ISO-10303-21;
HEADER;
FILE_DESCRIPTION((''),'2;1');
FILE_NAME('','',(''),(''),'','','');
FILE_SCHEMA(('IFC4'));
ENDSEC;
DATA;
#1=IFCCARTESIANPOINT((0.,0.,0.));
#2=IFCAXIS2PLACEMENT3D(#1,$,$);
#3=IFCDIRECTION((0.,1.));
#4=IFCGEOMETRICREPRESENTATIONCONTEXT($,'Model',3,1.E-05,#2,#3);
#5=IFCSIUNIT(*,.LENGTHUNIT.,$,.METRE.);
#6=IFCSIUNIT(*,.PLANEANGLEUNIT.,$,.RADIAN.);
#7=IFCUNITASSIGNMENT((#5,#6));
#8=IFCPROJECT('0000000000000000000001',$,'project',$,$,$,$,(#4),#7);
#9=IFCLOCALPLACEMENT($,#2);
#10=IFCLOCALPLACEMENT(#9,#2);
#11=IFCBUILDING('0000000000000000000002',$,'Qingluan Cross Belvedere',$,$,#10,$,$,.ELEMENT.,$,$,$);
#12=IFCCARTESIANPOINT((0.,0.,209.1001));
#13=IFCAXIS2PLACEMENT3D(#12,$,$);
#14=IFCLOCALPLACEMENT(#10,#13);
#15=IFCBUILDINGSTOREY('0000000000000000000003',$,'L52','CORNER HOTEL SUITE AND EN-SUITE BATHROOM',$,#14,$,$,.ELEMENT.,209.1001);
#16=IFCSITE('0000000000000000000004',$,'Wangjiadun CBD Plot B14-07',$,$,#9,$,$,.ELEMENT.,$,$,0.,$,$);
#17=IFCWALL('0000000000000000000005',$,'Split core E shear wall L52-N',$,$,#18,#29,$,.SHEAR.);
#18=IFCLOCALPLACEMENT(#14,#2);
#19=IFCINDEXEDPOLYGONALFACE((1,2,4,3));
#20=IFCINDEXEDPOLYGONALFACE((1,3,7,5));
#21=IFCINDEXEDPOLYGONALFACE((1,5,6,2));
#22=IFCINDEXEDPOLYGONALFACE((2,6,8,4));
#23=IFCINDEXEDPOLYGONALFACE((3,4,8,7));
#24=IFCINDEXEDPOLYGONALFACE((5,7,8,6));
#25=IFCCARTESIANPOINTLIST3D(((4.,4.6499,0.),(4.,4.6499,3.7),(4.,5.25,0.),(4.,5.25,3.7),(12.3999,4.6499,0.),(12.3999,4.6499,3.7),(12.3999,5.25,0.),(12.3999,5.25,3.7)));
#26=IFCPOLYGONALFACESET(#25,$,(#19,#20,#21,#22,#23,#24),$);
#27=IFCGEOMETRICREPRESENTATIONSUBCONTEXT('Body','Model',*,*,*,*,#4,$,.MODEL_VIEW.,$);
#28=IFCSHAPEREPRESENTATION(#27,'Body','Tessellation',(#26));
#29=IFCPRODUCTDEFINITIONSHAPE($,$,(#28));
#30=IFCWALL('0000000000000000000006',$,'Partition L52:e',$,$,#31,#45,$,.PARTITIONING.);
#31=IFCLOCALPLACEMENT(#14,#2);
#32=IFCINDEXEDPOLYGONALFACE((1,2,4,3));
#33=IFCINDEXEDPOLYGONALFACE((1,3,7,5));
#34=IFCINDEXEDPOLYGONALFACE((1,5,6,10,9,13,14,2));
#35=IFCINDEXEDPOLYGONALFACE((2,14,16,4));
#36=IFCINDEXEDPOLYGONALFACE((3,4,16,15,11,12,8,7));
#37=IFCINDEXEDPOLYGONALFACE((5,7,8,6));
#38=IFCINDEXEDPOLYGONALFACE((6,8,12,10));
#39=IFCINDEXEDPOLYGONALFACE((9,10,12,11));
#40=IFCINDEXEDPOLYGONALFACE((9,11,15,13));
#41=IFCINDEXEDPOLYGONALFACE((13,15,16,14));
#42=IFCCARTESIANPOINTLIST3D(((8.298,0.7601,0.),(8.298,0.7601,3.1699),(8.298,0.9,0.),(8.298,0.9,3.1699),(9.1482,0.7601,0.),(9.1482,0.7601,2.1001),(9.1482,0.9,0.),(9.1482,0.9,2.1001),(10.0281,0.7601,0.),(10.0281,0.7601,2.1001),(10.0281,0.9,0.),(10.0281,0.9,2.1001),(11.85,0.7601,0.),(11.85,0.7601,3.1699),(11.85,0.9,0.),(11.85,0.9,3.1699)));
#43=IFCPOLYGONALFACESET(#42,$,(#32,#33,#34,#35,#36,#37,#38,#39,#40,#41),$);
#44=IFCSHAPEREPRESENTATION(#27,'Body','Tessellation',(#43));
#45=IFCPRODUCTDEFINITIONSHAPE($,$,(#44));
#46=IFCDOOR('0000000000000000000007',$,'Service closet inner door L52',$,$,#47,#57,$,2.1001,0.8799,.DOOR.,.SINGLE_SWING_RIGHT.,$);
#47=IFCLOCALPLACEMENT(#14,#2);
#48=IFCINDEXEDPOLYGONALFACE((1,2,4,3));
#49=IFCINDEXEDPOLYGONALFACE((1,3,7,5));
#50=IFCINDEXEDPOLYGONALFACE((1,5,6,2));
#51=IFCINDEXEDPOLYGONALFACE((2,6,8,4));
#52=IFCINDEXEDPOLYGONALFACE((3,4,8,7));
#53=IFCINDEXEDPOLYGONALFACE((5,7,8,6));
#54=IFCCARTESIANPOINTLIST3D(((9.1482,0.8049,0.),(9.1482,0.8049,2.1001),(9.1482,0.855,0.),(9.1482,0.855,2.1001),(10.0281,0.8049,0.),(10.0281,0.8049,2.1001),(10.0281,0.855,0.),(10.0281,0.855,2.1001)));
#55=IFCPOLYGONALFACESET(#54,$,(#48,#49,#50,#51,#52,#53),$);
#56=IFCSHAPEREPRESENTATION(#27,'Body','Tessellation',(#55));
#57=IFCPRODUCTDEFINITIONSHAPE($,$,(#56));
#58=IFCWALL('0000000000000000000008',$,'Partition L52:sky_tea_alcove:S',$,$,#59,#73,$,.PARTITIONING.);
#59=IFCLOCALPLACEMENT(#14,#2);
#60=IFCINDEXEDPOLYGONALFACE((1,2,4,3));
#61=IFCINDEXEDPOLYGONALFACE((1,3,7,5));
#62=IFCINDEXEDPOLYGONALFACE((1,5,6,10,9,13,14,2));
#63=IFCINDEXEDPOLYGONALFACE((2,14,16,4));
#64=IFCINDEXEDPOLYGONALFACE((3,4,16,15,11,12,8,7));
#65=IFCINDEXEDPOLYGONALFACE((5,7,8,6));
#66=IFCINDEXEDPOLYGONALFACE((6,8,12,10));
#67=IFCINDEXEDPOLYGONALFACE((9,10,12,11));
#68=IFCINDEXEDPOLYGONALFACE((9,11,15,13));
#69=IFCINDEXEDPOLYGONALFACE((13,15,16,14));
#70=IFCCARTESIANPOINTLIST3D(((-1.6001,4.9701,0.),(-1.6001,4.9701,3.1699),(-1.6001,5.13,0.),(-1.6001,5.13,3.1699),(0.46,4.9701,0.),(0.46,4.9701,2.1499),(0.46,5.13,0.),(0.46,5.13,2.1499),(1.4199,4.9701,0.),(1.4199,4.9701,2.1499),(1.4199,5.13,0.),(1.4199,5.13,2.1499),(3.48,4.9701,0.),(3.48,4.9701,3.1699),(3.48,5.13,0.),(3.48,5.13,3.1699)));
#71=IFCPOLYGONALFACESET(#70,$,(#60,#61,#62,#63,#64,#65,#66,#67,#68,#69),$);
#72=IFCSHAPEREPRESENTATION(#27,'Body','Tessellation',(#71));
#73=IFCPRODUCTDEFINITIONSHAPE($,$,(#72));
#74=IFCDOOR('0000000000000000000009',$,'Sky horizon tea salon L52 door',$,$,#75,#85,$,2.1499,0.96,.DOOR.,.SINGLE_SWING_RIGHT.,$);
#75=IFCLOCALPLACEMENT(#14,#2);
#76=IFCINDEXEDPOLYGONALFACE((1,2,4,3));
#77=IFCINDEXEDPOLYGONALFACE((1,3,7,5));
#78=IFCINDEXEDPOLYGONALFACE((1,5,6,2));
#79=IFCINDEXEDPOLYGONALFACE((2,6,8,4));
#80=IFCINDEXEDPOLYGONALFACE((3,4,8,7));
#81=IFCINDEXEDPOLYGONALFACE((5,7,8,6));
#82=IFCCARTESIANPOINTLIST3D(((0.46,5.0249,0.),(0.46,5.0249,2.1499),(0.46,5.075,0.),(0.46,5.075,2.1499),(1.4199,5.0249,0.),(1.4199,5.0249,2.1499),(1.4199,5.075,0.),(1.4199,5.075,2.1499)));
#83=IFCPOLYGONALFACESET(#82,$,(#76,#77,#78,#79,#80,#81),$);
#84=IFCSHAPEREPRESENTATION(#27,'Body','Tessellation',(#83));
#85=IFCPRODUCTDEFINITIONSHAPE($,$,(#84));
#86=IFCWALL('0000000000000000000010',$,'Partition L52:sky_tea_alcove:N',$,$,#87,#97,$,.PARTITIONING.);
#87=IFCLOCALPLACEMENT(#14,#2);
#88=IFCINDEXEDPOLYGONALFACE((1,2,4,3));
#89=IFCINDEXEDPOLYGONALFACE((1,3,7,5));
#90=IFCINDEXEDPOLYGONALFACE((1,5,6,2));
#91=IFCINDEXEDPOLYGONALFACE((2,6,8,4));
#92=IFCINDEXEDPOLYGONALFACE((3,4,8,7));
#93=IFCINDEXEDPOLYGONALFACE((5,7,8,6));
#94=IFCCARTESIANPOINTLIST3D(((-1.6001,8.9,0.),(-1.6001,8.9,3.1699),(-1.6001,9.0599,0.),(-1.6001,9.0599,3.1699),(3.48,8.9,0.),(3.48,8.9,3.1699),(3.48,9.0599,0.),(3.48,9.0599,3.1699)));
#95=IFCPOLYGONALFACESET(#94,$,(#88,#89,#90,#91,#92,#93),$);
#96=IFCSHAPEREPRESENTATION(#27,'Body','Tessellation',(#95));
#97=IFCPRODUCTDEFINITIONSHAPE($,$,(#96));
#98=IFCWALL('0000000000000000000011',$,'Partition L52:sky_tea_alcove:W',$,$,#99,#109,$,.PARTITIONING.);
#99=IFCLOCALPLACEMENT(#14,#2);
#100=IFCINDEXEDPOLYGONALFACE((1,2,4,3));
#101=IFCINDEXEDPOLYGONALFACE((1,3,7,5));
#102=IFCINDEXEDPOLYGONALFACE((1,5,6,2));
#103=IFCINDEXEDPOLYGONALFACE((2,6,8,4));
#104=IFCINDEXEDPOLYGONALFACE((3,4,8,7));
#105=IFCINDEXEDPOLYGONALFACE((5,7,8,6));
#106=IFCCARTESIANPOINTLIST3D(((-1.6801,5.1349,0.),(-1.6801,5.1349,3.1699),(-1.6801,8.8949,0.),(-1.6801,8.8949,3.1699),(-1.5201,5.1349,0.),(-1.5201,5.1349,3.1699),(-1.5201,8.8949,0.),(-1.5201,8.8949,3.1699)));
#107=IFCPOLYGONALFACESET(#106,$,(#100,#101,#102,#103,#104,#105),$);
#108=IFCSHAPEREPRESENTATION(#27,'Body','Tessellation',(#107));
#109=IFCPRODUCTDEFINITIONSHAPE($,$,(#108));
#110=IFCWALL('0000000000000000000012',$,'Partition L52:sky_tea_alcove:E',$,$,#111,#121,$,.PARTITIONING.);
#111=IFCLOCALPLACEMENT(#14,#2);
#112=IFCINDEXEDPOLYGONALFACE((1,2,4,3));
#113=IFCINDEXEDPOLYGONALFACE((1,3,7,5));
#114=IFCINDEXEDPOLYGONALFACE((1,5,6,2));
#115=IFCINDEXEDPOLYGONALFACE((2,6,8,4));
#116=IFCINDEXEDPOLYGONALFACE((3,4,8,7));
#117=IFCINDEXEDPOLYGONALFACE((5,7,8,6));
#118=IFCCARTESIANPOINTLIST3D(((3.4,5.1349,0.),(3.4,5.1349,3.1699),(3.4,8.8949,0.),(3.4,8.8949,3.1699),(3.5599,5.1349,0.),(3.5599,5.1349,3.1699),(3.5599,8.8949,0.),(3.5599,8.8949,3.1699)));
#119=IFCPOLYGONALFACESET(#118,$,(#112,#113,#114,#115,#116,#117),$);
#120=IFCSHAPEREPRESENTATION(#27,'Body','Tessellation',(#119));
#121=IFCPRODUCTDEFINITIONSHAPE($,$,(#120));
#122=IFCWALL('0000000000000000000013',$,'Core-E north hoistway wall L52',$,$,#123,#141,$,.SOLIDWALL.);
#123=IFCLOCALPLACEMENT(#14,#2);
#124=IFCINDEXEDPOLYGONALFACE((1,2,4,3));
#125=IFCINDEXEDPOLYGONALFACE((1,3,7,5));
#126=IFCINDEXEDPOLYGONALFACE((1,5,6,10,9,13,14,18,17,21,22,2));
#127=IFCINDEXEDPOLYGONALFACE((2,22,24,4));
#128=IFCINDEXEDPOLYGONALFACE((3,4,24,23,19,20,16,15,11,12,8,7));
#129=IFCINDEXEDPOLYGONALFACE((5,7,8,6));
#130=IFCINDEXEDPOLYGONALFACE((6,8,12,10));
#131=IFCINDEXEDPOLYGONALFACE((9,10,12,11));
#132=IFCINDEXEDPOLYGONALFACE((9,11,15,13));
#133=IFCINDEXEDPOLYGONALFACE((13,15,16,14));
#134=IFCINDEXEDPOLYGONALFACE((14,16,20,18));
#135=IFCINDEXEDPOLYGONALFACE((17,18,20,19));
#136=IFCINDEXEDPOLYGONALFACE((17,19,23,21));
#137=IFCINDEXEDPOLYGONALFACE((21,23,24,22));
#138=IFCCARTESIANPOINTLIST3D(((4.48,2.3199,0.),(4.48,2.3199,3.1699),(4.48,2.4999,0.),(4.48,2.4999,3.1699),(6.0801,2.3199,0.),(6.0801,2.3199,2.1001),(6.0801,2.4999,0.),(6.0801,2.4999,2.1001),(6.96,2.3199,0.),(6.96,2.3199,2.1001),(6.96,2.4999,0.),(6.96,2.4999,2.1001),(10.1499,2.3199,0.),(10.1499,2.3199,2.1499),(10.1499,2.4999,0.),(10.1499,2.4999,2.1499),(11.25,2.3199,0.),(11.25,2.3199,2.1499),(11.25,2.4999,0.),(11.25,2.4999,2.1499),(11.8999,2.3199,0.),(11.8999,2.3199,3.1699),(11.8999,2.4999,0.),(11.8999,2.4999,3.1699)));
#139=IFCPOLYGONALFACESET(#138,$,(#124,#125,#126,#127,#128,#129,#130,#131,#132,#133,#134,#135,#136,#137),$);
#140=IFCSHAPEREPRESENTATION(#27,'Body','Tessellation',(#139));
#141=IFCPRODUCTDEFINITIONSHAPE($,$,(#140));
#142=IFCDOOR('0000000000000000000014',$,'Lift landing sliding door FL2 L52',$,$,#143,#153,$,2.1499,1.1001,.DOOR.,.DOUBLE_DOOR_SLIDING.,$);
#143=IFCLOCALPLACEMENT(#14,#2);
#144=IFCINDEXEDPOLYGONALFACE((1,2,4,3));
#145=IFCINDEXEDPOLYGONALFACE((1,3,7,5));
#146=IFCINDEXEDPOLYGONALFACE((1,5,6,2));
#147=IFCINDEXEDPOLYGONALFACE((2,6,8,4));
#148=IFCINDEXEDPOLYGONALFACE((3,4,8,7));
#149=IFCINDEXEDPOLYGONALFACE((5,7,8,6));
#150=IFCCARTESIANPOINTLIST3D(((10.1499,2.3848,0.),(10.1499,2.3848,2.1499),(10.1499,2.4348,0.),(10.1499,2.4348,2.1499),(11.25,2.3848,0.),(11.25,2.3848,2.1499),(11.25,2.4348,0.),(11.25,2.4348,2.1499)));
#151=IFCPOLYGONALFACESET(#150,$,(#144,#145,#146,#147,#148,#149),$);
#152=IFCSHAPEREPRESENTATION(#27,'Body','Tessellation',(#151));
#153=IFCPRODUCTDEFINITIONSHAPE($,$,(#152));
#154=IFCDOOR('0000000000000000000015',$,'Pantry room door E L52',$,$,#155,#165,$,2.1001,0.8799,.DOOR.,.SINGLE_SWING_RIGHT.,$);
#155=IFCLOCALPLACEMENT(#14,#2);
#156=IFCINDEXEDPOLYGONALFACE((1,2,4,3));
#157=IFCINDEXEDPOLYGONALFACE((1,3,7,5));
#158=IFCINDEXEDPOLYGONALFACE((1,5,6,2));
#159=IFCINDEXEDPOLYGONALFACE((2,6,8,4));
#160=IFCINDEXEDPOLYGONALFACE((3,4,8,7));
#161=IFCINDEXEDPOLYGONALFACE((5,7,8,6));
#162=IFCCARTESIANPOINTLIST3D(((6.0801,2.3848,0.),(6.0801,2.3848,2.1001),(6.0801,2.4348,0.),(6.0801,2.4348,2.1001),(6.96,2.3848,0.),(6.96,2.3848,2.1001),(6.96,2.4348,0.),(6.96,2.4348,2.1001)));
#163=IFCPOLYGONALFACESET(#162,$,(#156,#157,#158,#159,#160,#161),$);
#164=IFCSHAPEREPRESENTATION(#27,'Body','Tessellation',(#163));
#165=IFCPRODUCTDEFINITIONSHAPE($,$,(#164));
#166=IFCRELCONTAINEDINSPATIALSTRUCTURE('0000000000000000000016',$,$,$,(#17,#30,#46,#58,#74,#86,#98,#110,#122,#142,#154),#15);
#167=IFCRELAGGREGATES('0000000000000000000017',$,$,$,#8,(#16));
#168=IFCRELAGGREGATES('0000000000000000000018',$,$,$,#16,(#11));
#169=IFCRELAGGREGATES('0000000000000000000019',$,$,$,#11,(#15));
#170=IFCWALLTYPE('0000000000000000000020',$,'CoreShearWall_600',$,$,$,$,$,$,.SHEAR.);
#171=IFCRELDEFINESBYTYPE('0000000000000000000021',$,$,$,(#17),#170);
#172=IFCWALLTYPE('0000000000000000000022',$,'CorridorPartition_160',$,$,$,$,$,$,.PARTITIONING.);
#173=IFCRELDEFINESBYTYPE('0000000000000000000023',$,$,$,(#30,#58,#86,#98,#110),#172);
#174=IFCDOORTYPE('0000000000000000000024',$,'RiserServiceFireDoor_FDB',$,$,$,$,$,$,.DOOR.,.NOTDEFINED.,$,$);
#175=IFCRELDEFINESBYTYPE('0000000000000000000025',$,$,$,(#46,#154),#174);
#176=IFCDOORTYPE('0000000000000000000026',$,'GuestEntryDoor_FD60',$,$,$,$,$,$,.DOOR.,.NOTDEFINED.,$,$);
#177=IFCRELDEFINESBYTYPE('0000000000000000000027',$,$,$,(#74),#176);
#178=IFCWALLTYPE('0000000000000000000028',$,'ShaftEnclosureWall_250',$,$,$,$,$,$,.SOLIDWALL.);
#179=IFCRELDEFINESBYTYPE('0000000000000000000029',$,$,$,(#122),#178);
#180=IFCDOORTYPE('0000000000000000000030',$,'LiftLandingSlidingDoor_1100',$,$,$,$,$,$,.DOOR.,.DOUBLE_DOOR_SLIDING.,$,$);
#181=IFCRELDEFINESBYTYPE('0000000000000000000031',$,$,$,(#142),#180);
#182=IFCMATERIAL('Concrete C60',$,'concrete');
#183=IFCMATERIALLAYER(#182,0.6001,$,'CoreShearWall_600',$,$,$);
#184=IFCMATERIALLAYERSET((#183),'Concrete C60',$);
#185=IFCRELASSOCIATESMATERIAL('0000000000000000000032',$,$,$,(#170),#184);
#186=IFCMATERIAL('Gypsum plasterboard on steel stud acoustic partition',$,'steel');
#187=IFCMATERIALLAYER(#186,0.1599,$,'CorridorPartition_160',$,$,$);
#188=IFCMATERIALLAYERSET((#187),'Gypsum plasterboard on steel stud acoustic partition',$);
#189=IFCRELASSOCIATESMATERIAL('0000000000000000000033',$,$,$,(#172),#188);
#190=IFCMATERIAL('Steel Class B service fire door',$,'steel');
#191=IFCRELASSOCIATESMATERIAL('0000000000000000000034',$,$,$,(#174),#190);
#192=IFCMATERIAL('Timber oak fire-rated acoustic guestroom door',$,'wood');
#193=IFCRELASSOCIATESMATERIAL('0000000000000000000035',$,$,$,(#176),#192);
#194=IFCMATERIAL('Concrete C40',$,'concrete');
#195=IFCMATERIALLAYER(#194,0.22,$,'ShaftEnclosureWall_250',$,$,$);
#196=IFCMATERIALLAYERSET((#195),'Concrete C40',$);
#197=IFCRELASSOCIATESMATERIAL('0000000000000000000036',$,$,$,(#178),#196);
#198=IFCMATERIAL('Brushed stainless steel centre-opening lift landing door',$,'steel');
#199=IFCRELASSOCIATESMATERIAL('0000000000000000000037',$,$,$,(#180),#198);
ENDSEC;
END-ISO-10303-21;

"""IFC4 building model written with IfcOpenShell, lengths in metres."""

from ifc_helpers import new_model, si_unit, direction, frame, frame_2d, origin, place, context, subcontext, project, spatial, rectangle, extrude, material, layer, layer_set, type_object, element, fill, save


model = new_model("IFC4")

# Units and contexts
model_context = context("Model", 3, precision=1e-05, world=origin(), true_north=direction((0.0, 1.0)))
body_context = subcontext(model_context, "Body", "Model", "MODEL_VIEW")
ifc_project = project(units=[si_unit("LENGTHUNIT", "METRE"), si_unit("PLANEANGLEUNIT", "RADIAN")], contexts=[model_context])

# Site, building, storey
site_placement = place(None, origin())
site = spatial("IfcSite", under=ifc_project, at=site_placement, Name="Wangjiadun CBD Plot B14-07", CompositionType="ELEMENT", RefElevation=0.0)
building_placement = place(site_placement, origin())
building = spatial("IfcBuilding", under=site, at=building_placement, Name="Qingluan Cross Belvedere", CompositionType="ELEMENT")
storey_placement = place(building_placement, frame((0.0, 0.0, 209.1001)))
storey = spatial("IfcBuildingStorey", under=building, at=storey_placement, Name="L52", Description="CORNER HOTEL SUITE AND EN-SUITE BATHROOM", CompositionType="ELEMENT", Elevation=209.1001)

# Wall
ifc_material_1 = material(Name="Concrete C60", Category="concrete")
ifc_layer_1 = layer(ifc_material_1, 0.6001, Name="CoreShearWall_600")
ifc_layer_set_1 = layer_set([ifc_layer_1], Name="Concrete C60")
wall_type_1 = type_object("IfcWallType", Name="CoreShearWall_600", PredefinedType="SHEAR", material=ifc_layer_set_1)
wall_1_placement = place(storey_placement, frame((4.0, 4.95, 0.0), z_axis=(0.0, 0.0, 1.0), x_axis=(1.0, 0.0, 0.0)))
element("IfcWall", 1, at=wall_1_placement, inside=storey, type_object=wall_type_1, Name="Split core E shear wall L52-N", PredefinedType="SHEAR", context=body_context, shape_type="SweptSolid", body=[
    extrude(rectangle(XDim=8.3999, YDim=0.6001, at=frame_2d((4.2, 0.0))), origin(), (0.0, 0.0, 1.0), 3.7),
])

# Walls, openings, doors
ifc_material_2 = material(Name="Gypsum plasterboard on steel stud acoustic partition", Category="steel")
ifc_layer_2 = layer(ifc_material_2, 0.1599, Name="CorridorPartition_160")
ifc_layer_set_2 = layer_set([ifc_layer_2], Name="Gypsum plasterboard on steel stud acoustic partition")
wall_type_2 = type_object("IfcWallType", Name="CorridorPartition_160", PredefinedType="PARTITIONING", material=ifc_layer_set_2)
wall_2_placement = place(storey_placement, frame((8.2981, 0.8301, 0.0), z_axis=(0.0, 0.0, 1.0), x_axis=(1.0, 0.0, 0.0)))
wall_2 = element("IfcWall", 2, at=wall_2_placement, inside=storey, type_object=wall_type_2, Name="Partition L52:e", PredefinedType="PARTITIONING", context=body_context, shape_type="SweptSolid", body=[
    extrude(rectangle(XDim=3.552, YDim=0.1399, at=frame_2d((1.7759, 0.0))), origin(), (0.0, 0.0, 1.0), 3.1699),
])
opening_1_placement = place(wall_2_placement, frame((0.8501, 0.0, 0.0)))
opening_1 = element("IfcOpeningElement", 3, at=opening_1_placement, cuts=wall_2, PredefinedType="OPENING", context=body_context, shape_type="SweptSolid", body=[
    extrude(rectangle(XDim=0.8799, YDim=2.1001, at=frame_2d((0.4399, 1.05))), frame((0.0, 0.0798, 0.0), z_axis=(0.0, -1.0, 0.0), x_axis=(1.0, 0.0, 0.0)), (0.0, 0.0, 1.0), 0.1599),
])
ifc_material_3 = material(Name="Steel Class B service fire door", Category="steel")
door_type_1 = type_object("IfcDoorType", Name="RiserServiceFireDoor_FDB", OperationType="NOTDEFINED", PredefinedType="DOOR", material=ifc_material_3)
door_1_placement = place(opening_1_placement, origin())
door_1 = element("IfcDoor", 4, at=door_1_placement, inside=storey, type_object=door_type_1, Name="Service closet inner door L52", OperationType="SINGLE_SWING_RIGHT", OverallHeight=2.1001, OverallWidth=0.8799, PredefinedType="DOOR", context=body_context, shape_type="SweptSolid", body=[
    extrude(rectangle(XDim=0.8799, YDim=2.1001, at=frame_2d((0.4399, 1.05))), frame((0.0, 0.0249, 0.0), z_axis=(0.0, -1.0, 0.0), x_axis=(1.0, 0.0, 0.0)), (0.0, 0.0, 1.0), 0.05),
])
fill(opening_1, door_1)
wall_3_placement = place(storey_placement, frame((-1.6001, 5.05, 0.0), z_axis=(0.0, 0.0, 1.0), x_axis=(1.0, 0.0, 0.0)))
wall_3 = element("IfcWall", 5, at=wall_3_placement, inside=storey, type_object=wall_type_2, Name="Partition L52:sky_tea_alcove:S", PredefinedType="PARTITIONING", context=body_context, shape_type="SweptSolid", body=[
    extrude(rectangle(XDim=5.0801, YDim=0.1599, at=frame_2d((2.54, 0.0))), origin(), (0.0, 0.0, 1.0), 3.1699),
])
opening_2_placement = place(wall_3_placement, frame((2.0601, 0.0, 0.0)))
opening_2 = element("IfcOpeningElement", 6, at=opening_2_placement, cuts=wall_3, PredefinedType="OPENING", context=body_context, shape_type="SweptSolid", body=[
    extrude(rectangle(XDim=0.96, YDim=2.1499, at=frame_2d((0.48, 1.075))), frame((0.0, 0.0898, 0.0), z_axis=(0.0, -1.0, 0.0), x_axis=(1.0, 0.0, 0.0)), (0.0, 0.0, 1.0), 0.1799),
])
ifc_material_4 = material(Name="Timber oak fire-rated acoustic guestroom door", Category="wood")
door_type_2 = type_object("IfcDoorType", Name="GuestEntryDoor_FD60", OperationType="NOTDEFINED", PredefinedType="DOOR", material=ifc_material_4)
door_2_placement = place(opening_2_placement, origin())
door_2 = element("IfcDoor", 7, at=door_2_placement, inside=storey, type_object=door_type_2, Name="Sky horizon tea salon L52 door", OperationType="SINGLE_SWING_RIGHT", OverallHeight=2.1499, OverallWidth=0.96, PredefinedType="DOOR", context=body_context, shape_type="SweptSolid", body=[
    extrude(rectangle(XDim=0.96, YDim=2.1499, at=frame_2d((0.48, 1.075))), frame((0.0, 0.0249, 0.0), z_axis=(0.0, -1.0, 0.0), x_axis=(1.0, 0.0, 0.0)), (0.0, 0.0, 1.0), 0.05),
])
fill(opening_2, door_2)

# Walls
wall_4_placement = place(storey_placement, frame((-1.6001, 8.98, 0.0), z_axis=(0.0, 0.0, 1.0), x_axis=(1.0, 0.0, 0.0)))
element("IfcWall", 8, at=wall_4_placement, inside=storey, type_object=wall_type_2, Name="Partition L52:sky_tea_alcove:N", PredefinedType="PARTITIONING", context=body_context, shape_type="SweptSolid", body=[
    extrude(rectangle(XDim=5.0801, YDim=0.1599, at=frame_2d((2.54, 0.0))), origin(), (0.0, 0.0, 1.0), 3.1699),
])
for number, where, z_axis, x_axis, name in (
    (9, (-1.6001, 5.135, 0.0), (0.0, 0.0, 1.0), (0.0, 1.0, 0.0), "Partition L52:sky_tea_alcove:W"),
    (10, (3.48, 5.135, 0.0), (0.0, 0.0, 1.0), (0.0, 1.0, 0.0), "Partition L52:sky_tea_alcove:E"),
):
    element("IfcWall", number, at=place(storey_placement, frame(where, z_axis=z_axis, x_axis=x_axis)), inside=storey, type_object=wall_type_2, Name=name, PredefinedType="PARTITIONING", context=body_context, shape_type="SweptSolid", body=[
        extrude(rectangle(XDim=3.76, YDim=0.1599, at=frame_2d((1.8799, 0.0))), origin(), (0.0, 0.0, 1.0), 3.1699),
    ])

# Wall, openings, doors
ifc_material_5 = material(Name="Concrete C40", Category="concrete")
ifc_layer_3 = layer(ifc_material_5, 0.22, Name="ShaftEnclosureWall_250")
ifc_layer_set_3 = layer_set([ifc_layer_3], Name="Concrete C40")
wall_type_3 = type_object("IfcWallType", Name="ShaftEnclosureWall_250", PredefinedType="SOLIDWALL", material=ifc_layer_set_3)
wall_5_placement = place(storey_placement, frame((4.48, 2.4099, 0.0), z_axis=(0.0, 0.0, 1.0), x_axis=(1.0, 0.0, 0.0)))
wall_5 = element("IfcWall", 11, at=wall_5_placement, inside=storey, type_object=wall_type_3, Name="Core-E north hoistway wall L52", PredefinedType="SOLIDWALL", context=body_context, shape_type="SweptSolid", body=[
    extrude(rectangle(XDim=7.4199, YDim=0.1799, at=frame_2d((3.71, 0.0))), origin(), (0.0, 0.0, 1.0), 3.1699),
])
opening_3_placement = place(wall_5_placement, frame((5.6699, 0.0, 0.0)))
opening_3 = element("IfcOpeningElement", 12, at=opening_3_placement, cuts=wall_5, PredefinedType="OPENING", context=body_context, shape_type="SweptSolid", body=[
    extrude(rectangle(XDim=1.1001, YDim=2.1499, at=frame_2d((0.55, 1.075))), frame((0.0, 0.0999, 0.0), z_axis=(0.0, -1.0, 0.0), x_axis=(1.0, 0.0, 0.0)), (0.0, 0.0, 1.0), 0.2),
])
opening_4_placement = place(wall_5_placement, frame((1.6001, 0.0, 0.0)))
opening_4 = element("IfcOpeningElement", 13, at=opening_4_placement, cuts=wall_5, PredefinedType="OPENING", context=body_context, shape_type="SweptSolid", body=[
    extrude(rectangle(XDim=0.8799, YDim=2.1001, at=frame_2d((0.4399, 1.05))), frame((0.0, 0.0999, 0.0), z_axis=(0.0, -1.0, 0.0), x_axis=(1.0, 0.0, 0.0)), (0.0, 0.0, 1.0), 0.2),
])
ifc_material_6 = material(Name="Brushed stainless steel centre-opening lift landing door", Category="steel")
door_type_3 = type_object("IfcDoorType", Name="LiftLandingSlidingDoor_1100", OperationType="DOUBLE_DOOR_SLIDING", PredefinedType="DOOR", material=ifc_material_6)
door_3_placement = place(opening_3_placement, origin())
door_3 = element("IfcDoor", 14, at=door_3_placement, inside=storey, type_object=door_type_3, Name="Lift landing sliding door FL2 L52", OperationType="DOUBLE_DOOR_SLIDING", OverallHeight=2.1499, OverallWidth=1.1001, PredefinedType="DOOR", context=body_context, shape_type="SweptSolid", body=[
    extrude(rectangle(XDim=1.1001, YDim=2.1499, at=frame_2d((0.55, 1.075))), frame((0.0, 0.0249, 0.0), z_axis=(0.0, -1.0, 0.0), x_axis=(1.0, 0.0, 0.0)), (0.0, 0.0, 1.0), 0.05),
])
fill(opening_3, door_3)
door_4_placement = place(opening_4_placement, origin())
door_4 = element("IfcDoor", 15, at=door_4_placement, inside=storey, type_object=door_type_1, Name="Pantry room door E L52", OperationType="SINGLE_SWING_RIGHT", OverallHeight=2.1001, OverallWidth=0.8799, PredefinedType="DOOR", context=body_context, shape_type="SweptSolid", body=[
    extrude(rectangle(XDim=0.8799, YDim=2.1001, at=frame_2d((0.4399, 1.05))), frame((0.0, 0.0249, 0.0), z_axis=(0.0, -1.0, 0.0), x_axis=(1.0, 0.0, 0.0)), (0.0, 0.0, 1.0), 0.05),
])
fill(opening_4, door_4)

save(model, "model.ifc")
